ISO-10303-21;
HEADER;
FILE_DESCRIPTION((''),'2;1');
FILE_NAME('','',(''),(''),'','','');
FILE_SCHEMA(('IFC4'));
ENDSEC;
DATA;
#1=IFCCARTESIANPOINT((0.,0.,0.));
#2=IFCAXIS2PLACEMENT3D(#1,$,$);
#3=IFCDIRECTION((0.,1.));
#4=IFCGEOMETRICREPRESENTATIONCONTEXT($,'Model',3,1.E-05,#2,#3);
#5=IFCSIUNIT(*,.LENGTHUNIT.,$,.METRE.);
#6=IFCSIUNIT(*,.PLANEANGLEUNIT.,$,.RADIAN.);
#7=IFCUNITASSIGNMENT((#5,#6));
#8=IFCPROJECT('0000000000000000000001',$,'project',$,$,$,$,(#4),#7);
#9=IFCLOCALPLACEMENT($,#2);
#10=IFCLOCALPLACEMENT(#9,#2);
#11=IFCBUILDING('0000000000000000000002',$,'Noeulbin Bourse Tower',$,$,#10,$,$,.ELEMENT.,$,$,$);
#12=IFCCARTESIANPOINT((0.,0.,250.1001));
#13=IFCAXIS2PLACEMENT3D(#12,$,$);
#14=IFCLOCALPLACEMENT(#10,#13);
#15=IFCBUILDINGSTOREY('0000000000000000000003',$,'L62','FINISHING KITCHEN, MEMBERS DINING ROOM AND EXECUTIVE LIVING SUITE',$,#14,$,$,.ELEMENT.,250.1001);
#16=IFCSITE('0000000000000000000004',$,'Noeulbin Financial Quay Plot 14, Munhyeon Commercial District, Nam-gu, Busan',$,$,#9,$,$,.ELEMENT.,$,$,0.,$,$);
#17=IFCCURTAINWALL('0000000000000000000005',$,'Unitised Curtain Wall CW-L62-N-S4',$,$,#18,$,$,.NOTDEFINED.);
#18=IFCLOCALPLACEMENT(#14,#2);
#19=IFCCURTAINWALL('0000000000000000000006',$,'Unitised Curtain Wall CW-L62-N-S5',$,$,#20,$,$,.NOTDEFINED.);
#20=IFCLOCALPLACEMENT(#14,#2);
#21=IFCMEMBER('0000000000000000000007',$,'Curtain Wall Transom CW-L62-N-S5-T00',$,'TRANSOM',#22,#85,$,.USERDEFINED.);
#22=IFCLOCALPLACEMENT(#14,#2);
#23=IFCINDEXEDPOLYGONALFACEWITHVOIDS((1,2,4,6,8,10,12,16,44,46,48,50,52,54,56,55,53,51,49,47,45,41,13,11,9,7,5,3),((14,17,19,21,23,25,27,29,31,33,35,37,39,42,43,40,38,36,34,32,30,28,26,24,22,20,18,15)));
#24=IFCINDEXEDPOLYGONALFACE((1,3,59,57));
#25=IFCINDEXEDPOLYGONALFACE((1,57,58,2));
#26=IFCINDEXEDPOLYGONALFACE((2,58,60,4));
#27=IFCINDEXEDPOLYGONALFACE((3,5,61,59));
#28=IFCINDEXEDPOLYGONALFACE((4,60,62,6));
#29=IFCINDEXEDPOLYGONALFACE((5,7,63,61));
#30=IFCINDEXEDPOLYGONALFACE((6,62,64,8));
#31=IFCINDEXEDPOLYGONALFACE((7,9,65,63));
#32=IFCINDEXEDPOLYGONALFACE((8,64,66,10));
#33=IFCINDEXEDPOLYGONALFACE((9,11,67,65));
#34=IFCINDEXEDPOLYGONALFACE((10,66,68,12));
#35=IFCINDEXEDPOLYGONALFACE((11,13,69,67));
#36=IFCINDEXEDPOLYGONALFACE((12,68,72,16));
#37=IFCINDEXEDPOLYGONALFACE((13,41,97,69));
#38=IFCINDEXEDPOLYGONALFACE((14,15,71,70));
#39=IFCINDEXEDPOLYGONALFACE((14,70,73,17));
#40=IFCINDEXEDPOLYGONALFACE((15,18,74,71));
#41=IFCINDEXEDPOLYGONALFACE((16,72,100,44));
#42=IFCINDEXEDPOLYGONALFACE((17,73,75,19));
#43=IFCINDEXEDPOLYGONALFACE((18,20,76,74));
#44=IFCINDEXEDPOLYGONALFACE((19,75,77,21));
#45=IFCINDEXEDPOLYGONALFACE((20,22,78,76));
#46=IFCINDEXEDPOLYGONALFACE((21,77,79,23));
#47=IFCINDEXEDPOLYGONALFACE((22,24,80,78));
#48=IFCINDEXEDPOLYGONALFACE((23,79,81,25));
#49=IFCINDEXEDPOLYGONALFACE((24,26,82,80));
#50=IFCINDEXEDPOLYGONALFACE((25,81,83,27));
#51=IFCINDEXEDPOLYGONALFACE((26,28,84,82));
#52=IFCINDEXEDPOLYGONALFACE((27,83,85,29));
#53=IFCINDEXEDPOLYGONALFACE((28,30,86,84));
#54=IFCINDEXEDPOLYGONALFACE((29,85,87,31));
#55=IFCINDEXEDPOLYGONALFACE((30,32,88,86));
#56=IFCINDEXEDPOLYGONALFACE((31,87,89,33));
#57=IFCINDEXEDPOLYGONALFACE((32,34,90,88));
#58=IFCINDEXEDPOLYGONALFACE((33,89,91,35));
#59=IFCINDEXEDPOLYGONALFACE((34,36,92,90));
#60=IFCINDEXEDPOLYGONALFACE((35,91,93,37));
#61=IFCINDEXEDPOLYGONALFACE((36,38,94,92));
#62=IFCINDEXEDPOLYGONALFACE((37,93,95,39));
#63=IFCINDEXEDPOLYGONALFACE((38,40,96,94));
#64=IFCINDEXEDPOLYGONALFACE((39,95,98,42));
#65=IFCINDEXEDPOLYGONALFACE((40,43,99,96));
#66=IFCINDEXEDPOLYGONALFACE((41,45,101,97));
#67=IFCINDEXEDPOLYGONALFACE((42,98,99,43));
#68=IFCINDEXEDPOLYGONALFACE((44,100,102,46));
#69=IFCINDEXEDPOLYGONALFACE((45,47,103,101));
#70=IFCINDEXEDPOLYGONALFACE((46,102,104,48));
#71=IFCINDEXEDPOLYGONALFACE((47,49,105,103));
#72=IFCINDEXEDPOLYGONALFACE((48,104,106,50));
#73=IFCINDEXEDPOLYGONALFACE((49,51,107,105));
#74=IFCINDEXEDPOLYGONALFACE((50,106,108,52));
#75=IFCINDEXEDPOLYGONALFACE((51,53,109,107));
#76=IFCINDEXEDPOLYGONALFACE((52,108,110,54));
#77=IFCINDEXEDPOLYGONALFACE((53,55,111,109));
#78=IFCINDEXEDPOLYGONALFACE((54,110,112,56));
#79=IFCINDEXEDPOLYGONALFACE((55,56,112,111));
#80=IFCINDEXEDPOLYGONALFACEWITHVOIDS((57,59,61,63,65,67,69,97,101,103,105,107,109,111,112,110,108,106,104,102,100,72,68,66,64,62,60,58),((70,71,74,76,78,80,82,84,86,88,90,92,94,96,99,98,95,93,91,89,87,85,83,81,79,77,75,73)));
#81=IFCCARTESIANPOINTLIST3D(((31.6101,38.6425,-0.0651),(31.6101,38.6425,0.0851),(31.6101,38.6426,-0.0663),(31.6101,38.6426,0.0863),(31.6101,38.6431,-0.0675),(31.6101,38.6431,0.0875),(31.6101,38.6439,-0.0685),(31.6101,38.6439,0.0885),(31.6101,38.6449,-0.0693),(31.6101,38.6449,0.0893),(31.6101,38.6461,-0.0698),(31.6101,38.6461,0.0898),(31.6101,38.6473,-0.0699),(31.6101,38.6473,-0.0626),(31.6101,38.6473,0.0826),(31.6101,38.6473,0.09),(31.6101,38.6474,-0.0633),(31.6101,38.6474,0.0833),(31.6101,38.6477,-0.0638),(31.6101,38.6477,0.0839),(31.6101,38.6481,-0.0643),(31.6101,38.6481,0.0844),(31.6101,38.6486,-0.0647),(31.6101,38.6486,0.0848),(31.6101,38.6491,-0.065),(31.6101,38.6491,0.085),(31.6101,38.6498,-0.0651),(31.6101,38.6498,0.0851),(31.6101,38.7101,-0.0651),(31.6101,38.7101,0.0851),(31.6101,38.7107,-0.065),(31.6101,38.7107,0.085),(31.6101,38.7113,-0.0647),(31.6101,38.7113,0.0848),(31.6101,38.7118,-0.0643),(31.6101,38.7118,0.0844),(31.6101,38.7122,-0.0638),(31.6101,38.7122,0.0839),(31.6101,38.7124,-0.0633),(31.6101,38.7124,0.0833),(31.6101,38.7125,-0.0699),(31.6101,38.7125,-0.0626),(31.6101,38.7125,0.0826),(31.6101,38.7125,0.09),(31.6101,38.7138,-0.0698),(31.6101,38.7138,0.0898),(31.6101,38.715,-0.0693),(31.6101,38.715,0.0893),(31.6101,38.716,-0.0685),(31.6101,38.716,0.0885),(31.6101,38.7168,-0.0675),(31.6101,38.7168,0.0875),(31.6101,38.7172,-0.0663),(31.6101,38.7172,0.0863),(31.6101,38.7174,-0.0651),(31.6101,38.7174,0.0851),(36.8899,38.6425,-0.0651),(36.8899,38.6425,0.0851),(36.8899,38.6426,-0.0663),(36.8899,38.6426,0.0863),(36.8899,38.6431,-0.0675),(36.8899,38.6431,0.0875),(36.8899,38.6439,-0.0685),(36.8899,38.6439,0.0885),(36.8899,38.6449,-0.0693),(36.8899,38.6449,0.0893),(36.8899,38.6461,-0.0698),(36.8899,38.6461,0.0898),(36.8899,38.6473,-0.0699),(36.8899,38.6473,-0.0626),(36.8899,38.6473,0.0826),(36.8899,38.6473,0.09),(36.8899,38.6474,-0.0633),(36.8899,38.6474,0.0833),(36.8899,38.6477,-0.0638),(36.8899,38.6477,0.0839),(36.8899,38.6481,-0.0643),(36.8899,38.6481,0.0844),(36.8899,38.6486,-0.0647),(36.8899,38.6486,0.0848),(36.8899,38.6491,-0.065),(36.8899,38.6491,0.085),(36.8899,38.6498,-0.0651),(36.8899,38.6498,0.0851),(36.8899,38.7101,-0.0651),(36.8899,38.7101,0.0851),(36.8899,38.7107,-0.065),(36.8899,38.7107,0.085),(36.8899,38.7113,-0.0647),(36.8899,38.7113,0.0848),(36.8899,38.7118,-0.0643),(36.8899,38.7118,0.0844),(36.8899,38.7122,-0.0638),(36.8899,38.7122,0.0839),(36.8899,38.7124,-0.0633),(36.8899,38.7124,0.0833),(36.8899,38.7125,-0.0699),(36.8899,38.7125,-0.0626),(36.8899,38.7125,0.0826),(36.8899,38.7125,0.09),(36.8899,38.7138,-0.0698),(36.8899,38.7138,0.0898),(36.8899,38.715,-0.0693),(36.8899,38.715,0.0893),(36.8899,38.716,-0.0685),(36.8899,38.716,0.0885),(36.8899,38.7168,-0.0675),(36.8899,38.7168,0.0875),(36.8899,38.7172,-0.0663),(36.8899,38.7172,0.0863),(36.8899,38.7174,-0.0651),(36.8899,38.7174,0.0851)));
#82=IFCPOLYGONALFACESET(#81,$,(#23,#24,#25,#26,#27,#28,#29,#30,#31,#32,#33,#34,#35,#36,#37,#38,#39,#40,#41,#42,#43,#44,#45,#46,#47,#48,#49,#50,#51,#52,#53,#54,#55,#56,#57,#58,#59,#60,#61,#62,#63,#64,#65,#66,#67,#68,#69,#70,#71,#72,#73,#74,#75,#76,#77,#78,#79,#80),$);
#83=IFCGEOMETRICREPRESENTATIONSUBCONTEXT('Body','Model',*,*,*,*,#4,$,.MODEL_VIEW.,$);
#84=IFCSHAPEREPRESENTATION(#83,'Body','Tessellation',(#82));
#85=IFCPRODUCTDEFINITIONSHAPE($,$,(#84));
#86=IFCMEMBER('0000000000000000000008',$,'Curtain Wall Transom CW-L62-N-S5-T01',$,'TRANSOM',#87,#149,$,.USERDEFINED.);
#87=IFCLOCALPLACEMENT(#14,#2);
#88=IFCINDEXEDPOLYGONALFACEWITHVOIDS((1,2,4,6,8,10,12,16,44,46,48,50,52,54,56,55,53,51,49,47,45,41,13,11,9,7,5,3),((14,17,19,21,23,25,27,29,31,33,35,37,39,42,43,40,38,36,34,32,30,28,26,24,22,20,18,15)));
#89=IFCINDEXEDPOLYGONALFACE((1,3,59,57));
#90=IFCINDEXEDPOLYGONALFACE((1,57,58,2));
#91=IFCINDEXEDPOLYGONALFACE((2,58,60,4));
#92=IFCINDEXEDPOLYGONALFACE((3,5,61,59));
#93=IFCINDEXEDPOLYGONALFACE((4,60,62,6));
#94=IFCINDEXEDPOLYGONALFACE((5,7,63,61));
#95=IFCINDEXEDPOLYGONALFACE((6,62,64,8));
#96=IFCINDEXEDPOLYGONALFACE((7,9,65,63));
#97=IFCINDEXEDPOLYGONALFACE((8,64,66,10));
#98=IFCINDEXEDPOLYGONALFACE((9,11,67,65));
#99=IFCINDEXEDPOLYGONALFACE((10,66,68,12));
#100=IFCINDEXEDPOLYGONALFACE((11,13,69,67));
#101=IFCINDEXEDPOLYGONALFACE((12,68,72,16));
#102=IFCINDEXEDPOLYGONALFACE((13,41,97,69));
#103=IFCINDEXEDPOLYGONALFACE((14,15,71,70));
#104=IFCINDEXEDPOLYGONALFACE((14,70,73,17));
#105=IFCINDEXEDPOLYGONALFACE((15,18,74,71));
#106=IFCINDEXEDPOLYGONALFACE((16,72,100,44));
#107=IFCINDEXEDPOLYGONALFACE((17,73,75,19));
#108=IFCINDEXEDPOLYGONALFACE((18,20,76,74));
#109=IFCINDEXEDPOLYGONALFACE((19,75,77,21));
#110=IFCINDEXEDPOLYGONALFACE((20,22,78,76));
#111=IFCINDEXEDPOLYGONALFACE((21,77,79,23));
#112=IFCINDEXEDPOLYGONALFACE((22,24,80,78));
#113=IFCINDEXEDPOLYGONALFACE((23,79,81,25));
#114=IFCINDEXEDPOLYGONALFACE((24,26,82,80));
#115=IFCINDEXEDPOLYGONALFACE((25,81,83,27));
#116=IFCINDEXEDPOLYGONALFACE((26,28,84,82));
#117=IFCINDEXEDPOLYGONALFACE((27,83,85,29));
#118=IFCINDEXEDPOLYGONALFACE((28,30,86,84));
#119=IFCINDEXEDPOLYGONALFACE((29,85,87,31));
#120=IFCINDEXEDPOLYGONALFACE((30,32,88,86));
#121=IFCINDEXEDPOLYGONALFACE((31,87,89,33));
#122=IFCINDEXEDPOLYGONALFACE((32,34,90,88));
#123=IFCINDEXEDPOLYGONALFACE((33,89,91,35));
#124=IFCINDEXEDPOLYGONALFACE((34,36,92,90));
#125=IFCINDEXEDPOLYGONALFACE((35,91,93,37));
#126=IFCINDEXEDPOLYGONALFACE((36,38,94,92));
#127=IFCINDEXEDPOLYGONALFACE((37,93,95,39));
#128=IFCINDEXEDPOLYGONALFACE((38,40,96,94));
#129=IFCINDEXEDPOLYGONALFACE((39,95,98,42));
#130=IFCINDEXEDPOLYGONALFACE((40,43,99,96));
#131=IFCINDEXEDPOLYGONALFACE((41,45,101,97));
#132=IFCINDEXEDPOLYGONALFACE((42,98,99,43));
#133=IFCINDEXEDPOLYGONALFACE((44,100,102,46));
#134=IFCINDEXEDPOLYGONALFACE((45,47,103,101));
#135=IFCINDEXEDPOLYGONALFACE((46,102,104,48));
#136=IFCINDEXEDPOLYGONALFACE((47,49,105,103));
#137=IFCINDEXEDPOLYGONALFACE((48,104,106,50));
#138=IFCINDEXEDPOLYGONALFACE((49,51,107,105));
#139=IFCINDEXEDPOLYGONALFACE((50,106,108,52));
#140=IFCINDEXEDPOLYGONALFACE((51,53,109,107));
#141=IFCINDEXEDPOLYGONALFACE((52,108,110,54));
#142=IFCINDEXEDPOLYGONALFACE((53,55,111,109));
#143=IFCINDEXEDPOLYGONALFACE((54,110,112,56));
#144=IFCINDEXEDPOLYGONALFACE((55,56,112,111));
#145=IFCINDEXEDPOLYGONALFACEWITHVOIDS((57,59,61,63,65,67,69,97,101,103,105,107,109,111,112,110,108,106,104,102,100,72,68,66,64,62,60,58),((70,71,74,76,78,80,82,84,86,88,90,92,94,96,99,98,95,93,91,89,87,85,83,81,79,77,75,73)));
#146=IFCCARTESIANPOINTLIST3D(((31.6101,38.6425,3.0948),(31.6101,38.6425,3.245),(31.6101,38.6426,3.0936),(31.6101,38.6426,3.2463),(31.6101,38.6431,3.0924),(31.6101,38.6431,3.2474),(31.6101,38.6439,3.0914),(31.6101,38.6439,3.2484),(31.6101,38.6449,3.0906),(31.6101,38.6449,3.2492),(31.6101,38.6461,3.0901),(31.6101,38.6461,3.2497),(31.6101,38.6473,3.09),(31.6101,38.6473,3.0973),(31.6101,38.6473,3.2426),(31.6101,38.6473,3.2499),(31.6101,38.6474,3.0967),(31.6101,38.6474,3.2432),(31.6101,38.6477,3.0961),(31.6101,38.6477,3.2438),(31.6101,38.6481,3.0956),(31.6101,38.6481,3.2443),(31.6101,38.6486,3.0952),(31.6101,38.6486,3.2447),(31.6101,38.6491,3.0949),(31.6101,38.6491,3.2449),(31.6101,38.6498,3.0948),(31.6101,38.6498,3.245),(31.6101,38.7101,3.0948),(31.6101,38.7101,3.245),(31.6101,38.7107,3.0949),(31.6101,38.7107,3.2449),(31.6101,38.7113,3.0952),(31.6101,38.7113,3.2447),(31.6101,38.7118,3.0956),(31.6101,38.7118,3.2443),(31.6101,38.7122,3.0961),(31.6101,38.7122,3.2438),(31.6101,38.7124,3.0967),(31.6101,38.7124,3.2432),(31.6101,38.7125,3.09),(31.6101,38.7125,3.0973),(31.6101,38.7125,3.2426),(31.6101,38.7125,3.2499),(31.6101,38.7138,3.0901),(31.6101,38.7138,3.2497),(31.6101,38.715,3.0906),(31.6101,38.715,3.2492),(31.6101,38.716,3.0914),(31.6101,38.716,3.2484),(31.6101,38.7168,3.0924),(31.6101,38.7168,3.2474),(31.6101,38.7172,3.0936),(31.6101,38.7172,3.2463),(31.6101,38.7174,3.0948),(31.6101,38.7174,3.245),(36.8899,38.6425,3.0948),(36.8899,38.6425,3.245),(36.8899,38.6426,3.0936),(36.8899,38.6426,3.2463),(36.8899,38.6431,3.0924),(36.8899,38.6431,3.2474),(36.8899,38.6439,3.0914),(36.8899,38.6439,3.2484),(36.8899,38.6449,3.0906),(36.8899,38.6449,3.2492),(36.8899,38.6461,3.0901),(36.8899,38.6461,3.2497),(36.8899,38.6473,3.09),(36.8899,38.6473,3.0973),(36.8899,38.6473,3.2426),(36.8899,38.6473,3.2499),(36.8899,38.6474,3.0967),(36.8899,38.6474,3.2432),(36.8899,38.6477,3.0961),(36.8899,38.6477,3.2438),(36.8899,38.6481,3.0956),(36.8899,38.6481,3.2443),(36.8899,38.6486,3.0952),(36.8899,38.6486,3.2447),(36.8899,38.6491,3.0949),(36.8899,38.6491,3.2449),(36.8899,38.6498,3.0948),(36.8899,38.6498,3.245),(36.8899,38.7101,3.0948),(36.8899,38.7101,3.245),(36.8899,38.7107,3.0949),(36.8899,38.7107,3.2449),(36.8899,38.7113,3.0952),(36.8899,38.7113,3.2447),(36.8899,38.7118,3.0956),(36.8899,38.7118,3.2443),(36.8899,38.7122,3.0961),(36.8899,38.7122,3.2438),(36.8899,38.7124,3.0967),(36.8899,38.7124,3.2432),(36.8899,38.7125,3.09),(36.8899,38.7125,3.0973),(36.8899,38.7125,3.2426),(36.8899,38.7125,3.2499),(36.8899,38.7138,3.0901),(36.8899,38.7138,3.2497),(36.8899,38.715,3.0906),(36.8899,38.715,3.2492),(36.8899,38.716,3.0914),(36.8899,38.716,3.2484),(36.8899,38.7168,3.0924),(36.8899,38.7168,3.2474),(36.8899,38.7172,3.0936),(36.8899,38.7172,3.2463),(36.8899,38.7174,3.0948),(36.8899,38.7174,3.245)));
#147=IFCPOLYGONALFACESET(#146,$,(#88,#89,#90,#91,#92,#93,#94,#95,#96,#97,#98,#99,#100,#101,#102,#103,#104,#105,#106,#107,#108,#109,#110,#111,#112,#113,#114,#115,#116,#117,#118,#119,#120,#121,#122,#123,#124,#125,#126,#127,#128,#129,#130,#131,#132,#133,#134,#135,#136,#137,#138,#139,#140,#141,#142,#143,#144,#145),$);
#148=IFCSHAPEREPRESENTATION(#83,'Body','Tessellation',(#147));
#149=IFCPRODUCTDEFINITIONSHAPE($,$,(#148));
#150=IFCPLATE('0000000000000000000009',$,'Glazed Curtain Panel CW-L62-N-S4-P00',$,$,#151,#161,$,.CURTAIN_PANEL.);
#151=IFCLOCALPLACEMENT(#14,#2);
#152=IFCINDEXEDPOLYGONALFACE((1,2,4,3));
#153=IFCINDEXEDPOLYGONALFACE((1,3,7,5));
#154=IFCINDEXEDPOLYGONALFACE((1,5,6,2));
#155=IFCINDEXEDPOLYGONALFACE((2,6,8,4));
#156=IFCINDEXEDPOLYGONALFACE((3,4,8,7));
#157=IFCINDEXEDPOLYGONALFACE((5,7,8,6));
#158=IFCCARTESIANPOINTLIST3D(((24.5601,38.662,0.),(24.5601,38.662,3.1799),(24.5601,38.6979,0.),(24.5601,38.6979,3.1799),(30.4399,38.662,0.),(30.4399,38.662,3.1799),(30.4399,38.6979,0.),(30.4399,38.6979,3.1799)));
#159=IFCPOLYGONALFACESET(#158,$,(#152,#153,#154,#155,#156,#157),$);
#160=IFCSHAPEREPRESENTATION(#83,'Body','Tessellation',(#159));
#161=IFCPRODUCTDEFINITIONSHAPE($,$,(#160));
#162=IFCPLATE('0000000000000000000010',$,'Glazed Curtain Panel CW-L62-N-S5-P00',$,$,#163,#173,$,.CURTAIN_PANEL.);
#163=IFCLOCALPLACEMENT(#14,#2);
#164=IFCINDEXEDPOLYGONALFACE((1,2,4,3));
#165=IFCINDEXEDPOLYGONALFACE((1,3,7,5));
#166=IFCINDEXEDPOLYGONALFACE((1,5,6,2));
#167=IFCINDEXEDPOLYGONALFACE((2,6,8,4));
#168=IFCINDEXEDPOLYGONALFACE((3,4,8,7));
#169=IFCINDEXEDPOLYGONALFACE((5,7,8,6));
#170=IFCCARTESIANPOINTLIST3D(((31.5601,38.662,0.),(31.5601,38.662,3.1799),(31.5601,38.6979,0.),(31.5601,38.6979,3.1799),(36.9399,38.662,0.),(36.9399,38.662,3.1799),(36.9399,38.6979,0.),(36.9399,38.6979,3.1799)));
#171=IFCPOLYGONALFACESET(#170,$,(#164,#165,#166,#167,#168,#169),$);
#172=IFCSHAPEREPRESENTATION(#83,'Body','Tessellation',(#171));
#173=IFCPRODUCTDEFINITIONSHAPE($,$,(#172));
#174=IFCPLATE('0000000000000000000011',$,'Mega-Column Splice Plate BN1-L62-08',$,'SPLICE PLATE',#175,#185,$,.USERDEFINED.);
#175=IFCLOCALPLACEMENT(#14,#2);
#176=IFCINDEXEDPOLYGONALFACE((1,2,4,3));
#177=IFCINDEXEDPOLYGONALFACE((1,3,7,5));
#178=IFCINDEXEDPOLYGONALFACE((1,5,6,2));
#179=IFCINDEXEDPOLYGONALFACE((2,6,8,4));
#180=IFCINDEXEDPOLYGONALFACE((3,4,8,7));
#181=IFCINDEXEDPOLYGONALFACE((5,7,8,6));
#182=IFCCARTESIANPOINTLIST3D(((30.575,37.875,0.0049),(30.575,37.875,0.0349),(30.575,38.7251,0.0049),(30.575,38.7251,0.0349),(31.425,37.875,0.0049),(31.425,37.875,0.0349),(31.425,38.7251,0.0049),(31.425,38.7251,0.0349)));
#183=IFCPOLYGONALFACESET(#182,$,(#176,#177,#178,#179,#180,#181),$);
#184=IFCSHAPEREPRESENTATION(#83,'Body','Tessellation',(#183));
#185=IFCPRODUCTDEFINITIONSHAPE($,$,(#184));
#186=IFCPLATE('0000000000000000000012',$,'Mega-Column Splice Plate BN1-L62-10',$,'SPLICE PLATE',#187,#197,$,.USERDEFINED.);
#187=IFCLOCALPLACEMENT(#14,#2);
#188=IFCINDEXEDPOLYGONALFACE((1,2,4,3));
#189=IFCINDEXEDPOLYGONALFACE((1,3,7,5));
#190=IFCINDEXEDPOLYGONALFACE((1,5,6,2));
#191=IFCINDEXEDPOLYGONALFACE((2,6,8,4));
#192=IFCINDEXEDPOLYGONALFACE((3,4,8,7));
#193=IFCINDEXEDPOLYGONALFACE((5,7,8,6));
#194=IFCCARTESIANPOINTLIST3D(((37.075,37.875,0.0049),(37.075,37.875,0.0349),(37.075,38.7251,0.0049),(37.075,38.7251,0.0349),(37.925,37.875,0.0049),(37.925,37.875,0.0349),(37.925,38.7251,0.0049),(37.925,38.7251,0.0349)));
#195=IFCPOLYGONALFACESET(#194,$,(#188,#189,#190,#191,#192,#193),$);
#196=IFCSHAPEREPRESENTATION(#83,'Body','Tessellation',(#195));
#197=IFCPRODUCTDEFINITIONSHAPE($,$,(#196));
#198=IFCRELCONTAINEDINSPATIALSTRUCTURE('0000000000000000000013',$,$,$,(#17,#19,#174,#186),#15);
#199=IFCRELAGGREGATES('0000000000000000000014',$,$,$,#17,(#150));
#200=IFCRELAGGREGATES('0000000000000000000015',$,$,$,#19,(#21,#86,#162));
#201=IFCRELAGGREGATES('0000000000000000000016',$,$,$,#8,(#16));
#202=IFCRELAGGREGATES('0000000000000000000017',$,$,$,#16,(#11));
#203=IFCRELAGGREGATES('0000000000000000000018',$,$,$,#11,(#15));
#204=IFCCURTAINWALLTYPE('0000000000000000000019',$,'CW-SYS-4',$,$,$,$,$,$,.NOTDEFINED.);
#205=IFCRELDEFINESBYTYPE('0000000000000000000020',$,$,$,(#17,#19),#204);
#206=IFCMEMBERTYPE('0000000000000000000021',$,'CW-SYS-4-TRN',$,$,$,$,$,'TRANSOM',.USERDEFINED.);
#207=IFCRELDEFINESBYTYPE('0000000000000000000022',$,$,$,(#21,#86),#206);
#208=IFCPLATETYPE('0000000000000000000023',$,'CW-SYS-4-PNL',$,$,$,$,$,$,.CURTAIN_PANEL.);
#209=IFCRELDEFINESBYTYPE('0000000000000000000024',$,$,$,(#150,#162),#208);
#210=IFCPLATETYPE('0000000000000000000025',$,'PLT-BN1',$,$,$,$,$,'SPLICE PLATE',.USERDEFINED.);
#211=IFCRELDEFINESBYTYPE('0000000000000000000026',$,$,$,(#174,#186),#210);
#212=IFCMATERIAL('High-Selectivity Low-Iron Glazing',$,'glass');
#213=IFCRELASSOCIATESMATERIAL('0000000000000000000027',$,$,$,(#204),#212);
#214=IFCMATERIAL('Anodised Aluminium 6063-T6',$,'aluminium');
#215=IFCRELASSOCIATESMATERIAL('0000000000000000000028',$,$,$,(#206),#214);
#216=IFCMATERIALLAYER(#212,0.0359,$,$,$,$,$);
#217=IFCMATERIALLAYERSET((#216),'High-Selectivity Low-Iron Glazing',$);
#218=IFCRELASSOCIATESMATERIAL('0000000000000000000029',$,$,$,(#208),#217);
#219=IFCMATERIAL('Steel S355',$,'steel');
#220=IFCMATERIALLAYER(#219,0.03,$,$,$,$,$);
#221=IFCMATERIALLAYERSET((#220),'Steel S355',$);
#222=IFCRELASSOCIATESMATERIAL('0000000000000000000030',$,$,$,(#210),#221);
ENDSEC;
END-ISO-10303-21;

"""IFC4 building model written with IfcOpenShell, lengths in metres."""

from ifc_helpers import new_model, si_unit, direction, frame, origin, origin_2d, place, context, subcontext, project, spatial, rectangle, hollow_rectangle, extrude, material, layer, layer_set, material_profile, profile_set, type_object, element, aggregate, save


model = new_model("IFC4")

# Units and contexts
model_context = context("Model", 3, precision=1e-05, world=origin(), true_north=direction((0.0, 1.0)))
body_context = subcontext(model_context, "Body", "Model", "MODEL_VIEW")
ifc_project = project(units=[si_unit("LENGTHUNIT", "METRE"), si_unit("PLANEANGLEUNIT", "RADIAN")], contexts=[model_context])

# Site, building, storey
site_placement = place(None, origin())
site = spatial("IfcSite", under=ifc_project, at=site_placement, Name="Noeulbin Financial Quay Plot 14, Munhyeon Commercial District, Nam-gu, Busan", CompositionType="ELEMENT", RefElevation=0.0)
building_placement = place(site_placement, origin())
building = spatial("IfcBuilding", under=site, at=building_placement, Name="Noeulbin Bourse Tower", CompositionType="ELEMENT")
storey_placement = place(building_placement, frame((0.0, 0.0, 250.1001)))
storey = spatial("IfcBuildingStorey", under=building, at=storey_placement, Name="L62", Description="FINISHING KITCHEN, MEMBERS DINING ROOM AND EXECUTIVE LIVING SUITE", CompositionType="ELEMENT", Elevation=250.1001)

# Shared definitions
ifc_material_1 = material(Name="Steel S355", Category="steel")

# Curtain walls
ifc_material_2 = material(Name="High-Selectivity Low-Iron Glazing", Category="glass")
curtain_wall_type = type_object("IfcCurtainWallType", Name="CW-SYS-4", PredefinedType="NOTDEFINED", material=ifc_material_2)
curtain_wall_1_placement = place(storey_placement, origin())
curtain_wall_1 = element("IfcCurtainWall", 1, at=curtain_wall_1_placement, inside=storey, type_object=curtain_wall_type, Name="Unitised Curtain Wall CW-L62-N-S4", PredefinedType="NOTDEFINED")
ifc_material_3 = material(Name="Anodised Aluminium 6063-T6", Category="aluminium")
curtain_wall_2_placement = place(storey_placement, origin())
curtain_wall_2 = element("IfcCurtainWall", 2, at=curtain_wall_2_placement, inside=storey, type_object=curtain_wall_type, Name="Unitised Curtain Wall CW-L62-N-S5", PredefinedType="NOTDEFINED")

# Members
ifc_material_profile_1 = material_profile(ifc_material_3, hollow_rectangle(XDim=0.075, YDim=0.1599, WallThickness=0.0049, InnerFilletRadius=0.0024, OuterFilletRadius=0.0049, at=origin_2d()), Name="ALU-TRAN-75x160x5", Category="LoadBearing")
ifc_profile_set_1 = profile_set([ifc_material_profile_1], Name="Anodised Aluminium 6063-T6")
member_type_1 = type_object("IfcMemberType", Name="CW-SYS-4-TRN", ElementType="TRANSOM", PredefinedType="USERDEFINED", material=ifc_profile_set_1)
member_1_placement = place(storey_placement, frame((31.6101, 38.6799, 0.01), z_axis=(1.0, 0.0, 0.0), x_axis=(0.0, 1.0, 0.0)))
member_1 = element("IfcMember", 3, at=member_1_placement, type_object=member_type_1, Name="Curtain Wall Transom CW-L62-N-S5-T00", ObjectType="TRANSOM", PredefinedType="USERDEFINED", context=body_context, shape_type="SweptSolid", body=[
    extrude(hollow_rectangle(XDim=0.075, YDim=0.1599, WallThickness=0.0049, InnerFilletRadius=0.0024, OuterFilletRadius=0.0049, at=origin_2d()), origin(), (0.0, 0.0, 1.0), 5.2798),
])
member_2_placement = place(storey_placement, frame((31.6101, 38.6799, 3.1699), z_axis=(1.0, 0.0, 0.0), x_axis=(0.0, 1.0, 0.0)))
member_2 = element("IfcMember", 4, at=member_2_placement, type_object=member_type_1, Name="Curtain Wall Transom CW-L62-N-S5-T01", ObjectType="TRANSOM", PredefinedType="USERDEFINED", context=body_context, shape_type="SweptSolid", body=[
    extrude(hollow_rectangle(XDim=0.075, YDim=0.1599, WallThickness=0.0049, InnerFilletRadius=0.0024, OuterFilletRadius=0.0049, at=origin_2d()), origin(), (0.0, 0.0, 1.0), 5.2798),
])

# Plates
ifc_layer_1 = layer(ifc_material_2, 0.0359)
ifc_layer_set_1 = layer_set([ifc_layer_1], Name="High-Selectivity Low-Iron Glazing")
plate_type_1 = type_object("IfcPlateType", Name="CW-SYS-4-PNL", PredefinedType="CURTAIN_PANEL", material=ifc_layer_set_1)
plate_1_placement = place(storey_placement, frame((27.5, 38.6799, 0.0), z_axis=(0.0, 0.0, 1.0), x_axis=(1.0, 0.0, 0.0)))
plate_1 = element("IfcPlate", 5, at=plate_1_placement, type_object=plate_type_1, Name="Glazed Curtain Panel CW-L62-N-S4-P00", PredefinedType="CURTAIN_PANEL", context=body_context, shape_type="SweptSolid", body=[
    extrude(rectangle(XDim=5.8799, YDim=0.0359, at=origin_2d()), origin(), (0.0, 0.0, 1.0), 3.1799),
])
aggregate(curtain_wall_1, [plate_1])
plate_2_placement = place(storey_placement, frame((34.25, 38.6799, 0.0), z_axis=(0.0, 0.0, 1.0), x_axis=(1.0, 0.0, 0.0)))
plate_2 = element("IfcPlate", 6, at=plate_2_placement, type_object=plate_type_1, Name="Glazed Curtain Panel CW-L62-N-S5-P00", PredefinedType="CURTAIN_PANEL", context=body_context, shape_type="SweptSolid", body=[
    extrude(rectangle(XDim=5.3799, YDim=0.0359, at=origin_2d()), origin(), (0.0, 0.0, 1.0), 3.1799),
])
aggregate(curtain_wall_2, [member_1, member_2, plate_2])

# Plates
ifc_layer_2 = layer(ifc_material_1, 0.03)
ifc_layer_set_2 = layer_set([ifc_layer_2], Name="Steel S355")
plate_type_2 = type_object("IfcPlateType", Name="PLT-BN1", ElementType="SPLICE PLATE", PredefinedType="USERDEFINED", material=ifc_layer_set_2)
for number, where, z_axis, x_axis, name in (
    (7, (31.0, 38.3, 0.0049), (0.0, 0.0, 1.0), (1.0, 0.0, 0.0), "Mega-Column Splice Plate BN1-L62-08"),
    (8, (37.5, 38.3, 0.0049), (0.0, 0.0, 1.0), (1.0, 0.0, 0.0), "Mega-Column Splice Plate BN1-L62-10"),
):
    element("IfcPlate", number, at=place(storey_placement, frame(where, z_axis=z_axis, x_axis=x_axis)), inside=storey, type_object=plate_type_2, Name=name, ObjectType="SPLICE PLATE", PredefinedType="USERDEFINED", context=body_context, shape_type="SweptSolid", body=[
        extrude(rectangle(XDim=0.8501, YDim=0.8501, at=origin_2d()), origin(), (0.0, 0.0, 1.0), 0.03),
    ])

save(model, "model.ifc")
